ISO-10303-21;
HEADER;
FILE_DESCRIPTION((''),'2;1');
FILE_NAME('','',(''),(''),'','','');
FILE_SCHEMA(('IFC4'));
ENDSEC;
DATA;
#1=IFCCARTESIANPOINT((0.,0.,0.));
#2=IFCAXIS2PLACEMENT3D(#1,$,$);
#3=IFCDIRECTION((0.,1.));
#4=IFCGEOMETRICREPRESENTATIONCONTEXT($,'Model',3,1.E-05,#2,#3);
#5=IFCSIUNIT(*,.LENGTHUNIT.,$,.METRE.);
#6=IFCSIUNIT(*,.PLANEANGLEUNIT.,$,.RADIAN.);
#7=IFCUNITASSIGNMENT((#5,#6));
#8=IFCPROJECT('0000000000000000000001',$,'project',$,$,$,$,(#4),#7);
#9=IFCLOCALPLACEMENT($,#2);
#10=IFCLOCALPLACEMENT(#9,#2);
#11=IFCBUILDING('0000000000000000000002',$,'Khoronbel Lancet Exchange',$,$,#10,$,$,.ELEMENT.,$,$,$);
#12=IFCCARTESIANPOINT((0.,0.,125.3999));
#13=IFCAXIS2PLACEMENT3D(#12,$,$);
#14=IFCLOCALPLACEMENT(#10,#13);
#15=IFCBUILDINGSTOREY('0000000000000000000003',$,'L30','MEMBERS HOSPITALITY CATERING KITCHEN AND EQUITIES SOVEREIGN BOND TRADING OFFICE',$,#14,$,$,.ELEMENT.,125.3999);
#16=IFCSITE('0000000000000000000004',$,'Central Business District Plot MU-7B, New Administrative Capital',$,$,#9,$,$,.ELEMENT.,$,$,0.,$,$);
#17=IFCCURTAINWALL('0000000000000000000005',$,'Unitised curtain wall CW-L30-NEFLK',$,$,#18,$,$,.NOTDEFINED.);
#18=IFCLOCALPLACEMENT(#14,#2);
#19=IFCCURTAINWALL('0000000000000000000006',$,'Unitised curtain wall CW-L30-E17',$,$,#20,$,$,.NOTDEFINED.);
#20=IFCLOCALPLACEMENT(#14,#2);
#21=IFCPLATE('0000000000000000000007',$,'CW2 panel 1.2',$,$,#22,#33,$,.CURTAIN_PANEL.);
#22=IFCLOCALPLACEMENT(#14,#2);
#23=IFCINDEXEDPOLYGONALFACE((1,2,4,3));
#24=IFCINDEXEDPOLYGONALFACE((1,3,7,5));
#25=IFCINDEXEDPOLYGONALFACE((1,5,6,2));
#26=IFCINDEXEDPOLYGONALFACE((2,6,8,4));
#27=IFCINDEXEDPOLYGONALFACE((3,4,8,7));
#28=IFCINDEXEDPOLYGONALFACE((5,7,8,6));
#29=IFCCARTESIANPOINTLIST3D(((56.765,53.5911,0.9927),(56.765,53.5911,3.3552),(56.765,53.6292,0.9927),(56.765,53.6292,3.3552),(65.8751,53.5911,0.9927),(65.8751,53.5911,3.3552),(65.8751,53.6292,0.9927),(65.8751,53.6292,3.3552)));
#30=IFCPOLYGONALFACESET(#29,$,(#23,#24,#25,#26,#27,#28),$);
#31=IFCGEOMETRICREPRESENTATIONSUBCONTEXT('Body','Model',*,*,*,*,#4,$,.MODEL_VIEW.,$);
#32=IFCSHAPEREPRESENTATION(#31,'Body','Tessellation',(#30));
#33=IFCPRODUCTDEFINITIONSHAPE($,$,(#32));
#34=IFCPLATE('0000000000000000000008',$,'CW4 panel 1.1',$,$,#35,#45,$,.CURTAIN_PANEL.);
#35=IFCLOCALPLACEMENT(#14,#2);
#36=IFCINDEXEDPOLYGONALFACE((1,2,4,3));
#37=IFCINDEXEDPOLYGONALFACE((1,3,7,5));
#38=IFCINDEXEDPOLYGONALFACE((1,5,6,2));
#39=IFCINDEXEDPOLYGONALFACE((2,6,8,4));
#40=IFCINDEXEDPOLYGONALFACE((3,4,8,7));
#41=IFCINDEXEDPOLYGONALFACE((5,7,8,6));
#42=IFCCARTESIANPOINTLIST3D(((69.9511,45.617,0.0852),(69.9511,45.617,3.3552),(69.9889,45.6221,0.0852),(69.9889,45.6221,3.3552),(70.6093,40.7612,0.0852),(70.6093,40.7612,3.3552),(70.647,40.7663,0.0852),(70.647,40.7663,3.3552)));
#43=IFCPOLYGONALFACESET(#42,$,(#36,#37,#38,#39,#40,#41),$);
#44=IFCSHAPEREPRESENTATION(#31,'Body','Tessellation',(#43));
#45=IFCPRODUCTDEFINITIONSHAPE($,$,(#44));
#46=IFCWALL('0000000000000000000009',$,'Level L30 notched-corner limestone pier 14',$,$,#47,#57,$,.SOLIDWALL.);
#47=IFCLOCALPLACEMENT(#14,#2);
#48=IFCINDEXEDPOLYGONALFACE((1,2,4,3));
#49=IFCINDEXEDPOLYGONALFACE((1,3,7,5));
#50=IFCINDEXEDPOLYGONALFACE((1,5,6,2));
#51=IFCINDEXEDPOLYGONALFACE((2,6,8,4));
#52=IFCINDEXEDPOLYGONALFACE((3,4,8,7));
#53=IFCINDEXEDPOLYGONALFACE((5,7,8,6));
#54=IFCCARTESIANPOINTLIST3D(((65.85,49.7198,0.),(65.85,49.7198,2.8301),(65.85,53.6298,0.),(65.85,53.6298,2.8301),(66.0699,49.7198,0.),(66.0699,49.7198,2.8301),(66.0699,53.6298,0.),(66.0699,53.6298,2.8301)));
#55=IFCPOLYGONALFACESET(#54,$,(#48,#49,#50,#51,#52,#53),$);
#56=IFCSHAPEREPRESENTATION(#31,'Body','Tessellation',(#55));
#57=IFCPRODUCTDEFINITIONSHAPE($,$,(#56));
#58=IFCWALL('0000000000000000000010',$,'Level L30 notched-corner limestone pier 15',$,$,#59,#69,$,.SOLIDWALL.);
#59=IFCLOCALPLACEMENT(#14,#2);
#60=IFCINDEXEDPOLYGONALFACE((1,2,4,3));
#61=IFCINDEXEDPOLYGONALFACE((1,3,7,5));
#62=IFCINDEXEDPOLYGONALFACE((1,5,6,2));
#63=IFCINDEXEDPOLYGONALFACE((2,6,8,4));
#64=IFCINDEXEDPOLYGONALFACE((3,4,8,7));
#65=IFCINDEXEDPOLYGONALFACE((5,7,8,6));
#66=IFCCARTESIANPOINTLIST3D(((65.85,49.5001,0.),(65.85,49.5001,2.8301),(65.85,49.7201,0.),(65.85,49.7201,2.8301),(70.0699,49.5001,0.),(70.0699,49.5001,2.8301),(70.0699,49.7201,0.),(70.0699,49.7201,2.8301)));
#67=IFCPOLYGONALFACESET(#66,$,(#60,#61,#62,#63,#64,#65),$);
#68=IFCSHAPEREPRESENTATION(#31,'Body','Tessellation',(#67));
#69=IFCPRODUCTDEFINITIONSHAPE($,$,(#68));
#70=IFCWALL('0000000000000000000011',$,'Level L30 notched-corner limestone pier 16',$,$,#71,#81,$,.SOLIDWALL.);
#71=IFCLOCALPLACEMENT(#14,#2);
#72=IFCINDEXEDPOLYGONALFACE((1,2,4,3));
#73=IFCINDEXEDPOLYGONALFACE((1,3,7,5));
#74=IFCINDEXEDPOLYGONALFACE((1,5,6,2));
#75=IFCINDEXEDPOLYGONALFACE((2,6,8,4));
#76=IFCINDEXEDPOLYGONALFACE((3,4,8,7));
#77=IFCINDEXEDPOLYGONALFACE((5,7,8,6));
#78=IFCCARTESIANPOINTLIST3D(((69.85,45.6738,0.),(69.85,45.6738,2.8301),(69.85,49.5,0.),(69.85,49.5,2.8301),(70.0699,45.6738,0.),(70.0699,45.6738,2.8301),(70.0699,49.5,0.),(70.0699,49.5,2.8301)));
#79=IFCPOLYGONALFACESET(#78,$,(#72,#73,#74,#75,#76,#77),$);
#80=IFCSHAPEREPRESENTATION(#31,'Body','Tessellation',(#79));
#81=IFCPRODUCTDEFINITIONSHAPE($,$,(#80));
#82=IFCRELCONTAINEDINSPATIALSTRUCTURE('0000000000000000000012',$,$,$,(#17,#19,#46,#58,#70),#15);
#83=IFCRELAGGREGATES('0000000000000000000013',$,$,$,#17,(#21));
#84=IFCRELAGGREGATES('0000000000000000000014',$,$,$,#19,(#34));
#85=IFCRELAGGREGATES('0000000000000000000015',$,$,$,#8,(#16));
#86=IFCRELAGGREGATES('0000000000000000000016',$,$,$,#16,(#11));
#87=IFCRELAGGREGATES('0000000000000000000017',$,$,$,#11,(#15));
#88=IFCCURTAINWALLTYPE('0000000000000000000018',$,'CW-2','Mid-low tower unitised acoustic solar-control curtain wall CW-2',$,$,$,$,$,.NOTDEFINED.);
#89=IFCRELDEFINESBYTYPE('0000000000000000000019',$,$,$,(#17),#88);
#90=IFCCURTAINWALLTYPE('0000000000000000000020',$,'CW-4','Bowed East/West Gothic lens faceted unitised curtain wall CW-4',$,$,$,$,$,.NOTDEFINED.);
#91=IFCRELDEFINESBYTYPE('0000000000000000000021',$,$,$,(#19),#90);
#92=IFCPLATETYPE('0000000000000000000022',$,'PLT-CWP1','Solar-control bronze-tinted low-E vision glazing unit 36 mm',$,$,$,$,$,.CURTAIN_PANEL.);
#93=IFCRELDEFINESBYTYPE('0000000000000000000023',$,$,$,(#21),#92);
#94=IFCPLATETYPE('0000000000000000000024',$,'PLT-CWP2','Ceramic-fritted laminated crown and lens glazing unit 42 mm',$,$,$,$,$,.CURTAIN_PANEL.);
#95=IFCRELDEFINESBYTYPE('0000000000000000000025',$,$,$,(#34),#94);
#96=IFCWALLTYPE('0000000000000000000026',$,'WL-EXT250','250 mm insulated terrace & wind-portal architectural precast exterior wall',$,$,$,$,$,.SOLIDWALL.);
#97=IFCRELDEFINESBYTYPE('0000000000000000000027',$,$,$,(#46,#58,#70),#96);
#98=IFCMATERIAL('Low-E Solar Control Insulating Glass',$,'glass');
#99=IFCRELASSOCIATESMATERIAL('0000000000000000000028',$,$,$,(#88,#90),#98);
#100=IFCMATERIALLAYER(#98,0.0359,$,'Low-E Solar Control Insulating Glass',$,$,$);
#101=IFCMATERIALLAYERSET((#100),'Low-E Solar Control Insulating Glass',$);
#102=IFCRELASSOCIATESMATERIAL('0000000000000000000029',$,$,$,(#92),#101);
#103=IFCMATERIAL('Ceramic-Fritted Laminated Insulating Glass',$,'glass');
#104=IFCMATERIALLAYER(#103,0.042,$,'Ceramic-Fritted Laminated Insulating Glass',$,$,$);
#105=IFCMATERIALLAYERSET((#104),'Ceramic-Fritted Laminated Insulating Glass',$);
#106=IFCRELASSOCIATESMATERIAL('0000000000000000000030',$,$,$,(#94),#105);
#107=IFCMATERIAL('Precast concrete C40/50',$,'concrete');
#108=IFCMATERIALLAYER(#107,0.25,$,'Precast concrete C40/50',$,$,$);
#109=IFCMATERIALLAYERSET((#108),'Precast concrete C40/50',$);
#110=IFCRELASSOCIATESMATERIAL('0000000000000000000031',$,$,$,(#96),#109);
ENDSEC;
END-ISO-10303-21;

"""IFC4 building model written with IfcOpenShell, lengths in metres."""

from ifc_helpers import new_model, si_unit, direction, frame, frame_2d, origin, origin_2d, place, context, subcontext, project, spatial, rectangle, extrude, material, layer, layer_set, type_object, element, aggregate, save


model = new_model("IFC4")

# Units and contexts
model_context = context("Model", 3, precision=1e-05, world=origin(), true_north=direction((0.0, 1.0)))
body_context = subcontext(model_context, "Body", "Model", "MODEL_VIEW")
ifc_project = project(units=[si_unit("LENGTHUNIT", "METRE"), si_unit("PLANEANGLEUNIT", "RADIAN")], contexts=[model_context])

# Site, building, storey
site_placement = place(None, origin())
site = spatial("IfcSite", under=ifc_project, at=site_placement, Name="Central Business District Plot MU-7B, New Administrative Capital", CompositionType="ELEMENT", RefElevation=0.0)
building_placement = place(site_placement, origin())
building = spatial("IfcBuilding", under=site, at=building_placement, Name="Khoronbel Lancet Exchange", CompositionType="ELEMENT")
storey_placement = place(building_placement, frame((0.0, 0.0, 125.3999)))
storey = spatial("IfcBuildingStorey", under=building, at=storey_placement, Name="L30", Description="MEMBERS HOSPITALITY CATERING KITCHEN AND EQUITIES SOVEREIGN BOND TRADING OFFICE", CompositionType="ELEMENT", Elevation=125.3999)

# Curtain wall
ifc_material_1 = material(Name="Low-E Solar Control Insulating Glass", Category="glass")
curtain_wall_type_1 = type_object("IfcCurtainWallType", Name="CW-2", Description="Mid-low tower unitised acoustic solar-control curtain wall CW-2", PredefinedType="NOTDEFINED", material=ifc_material_1)
curtain_wall_1_placement = place(storey_placement, origin())
curtain_wall_1 = element("IfcCurtainWall", 1, at=curtain_wall_1_placement, inside=storey, type_object=curtain_wall_type_1, Name="Unitised curtain wall CW-L30-NEFLK", PredefinedType="NOTDEFINED")

# Curtain wall
curtain_wall_type_2 = type_object("IfcCurtainWallType", Name="CW-4", Description="Bowed East/West Gothic lens faceted unitised curtain wall CW-4", PredefinedType="NOTDEFINED", material=ifc_material_1)
curtain_wall_2_placement = place(storey_placement, origin())
curtain_wall_2 = element("IfcCurtainWall", 2, at=curtain_wall_2_placement, inside=storey, type_object=curtain_wall_type_2, Name="Unitised curtain wall CW-L30-E17", PredefinedType="NOTDEFINED")

# Plates
ifc_layer_1 = layer(ifc_material_1, 0.0359, Name="Low-E Solar Control Insulating Glass")
ifc_layer_set_1 = layer_set([ifc_layer_1], Name="Low-E Solar Control Insulating Glass")
plate_type_1 = type_object("IfcPlateType", Name="PLT-CWP1", Description="Solar-control bronze-tinted low-E vision glazing unit 36 mm", PredefinedType="CURTAIN_PANEL", material=ifc_layer_set_1)
plate_1_placement = place(storey_placement, frame((61.3201, 53.6101, 0.9927), z_axis=(0.0, 0.0, 1.0), x_axis=(-1.0, 0.0, 0.0)))
plate_1 = element("IfcPlate", 3, at=plate_1_placement, type_object=plate_type_1, Name="CW2 panel 1.2", PredefinedType="CURTAIN_PANEL", context=body_context, shape_type="SweptSolid", body=[
    extrude(rectangle(XDim=9.1101, YDim=0.0381, at=origin_2d()), origin(), (0.0, 0.0, 1.0), 2.3625),
])
aggregate(curtain_wall_1, [plate_1])
ifc_material_2 = material(Name="Ceramic-Fritted Laminated Insulating Glass", Category="glass")
ifc_layer_2 = layer(ifc_material_2, 0.042, Name="Ceramic-Fritted Laminated Insulating Glass")
ifc_layer_set_2 = layer_set([ifc_layer_2], Name="Ceramic-Fritted Laminated Insulating Glass")
plate_type_2 = type_object("IfcPlateType", Name="PLT-CWP2", Description="Ceramic-fritted laminated crown and lens glazing unit 42 mm", PredefinedType="CURTAIN_PANEL", material=ifc_layer_set_2)
plate_2_placement = place(storey_placement, frame((70.2991, 43.1917, 0.0852), z_axis=(0.0, 0.0, 1.0), x_axis=(0.134313, -0.990939, 0.0)))
plate_2 = element("IfcPlate", 4, at=plate_2_placement, type_object=plate_type_2, Name="CW4 panel 1.1", PredefinedType="CURTAIN_PANEL", context=body_context, shape_type="SweptSolid", body=[
    extrude(rectangle(XDim=4.9001, YDim=0.0381, at=origin_2d()), origin(), (0.0, 0.0, 1.0), 3.27),
])
aggregate(curtain_wall_2, [plate_2])

# Walls
ifc_material_3 = material(Name="Precast concrete C40/50", Category="concrete")
ifc_layer_3 = layer(ifc_material_3, 0.25, Name="Precast concrete C40/50")
ifc_layer_set_3 = layer_set([ifc_layer_3], Name="Precast concrete C40/50")
wall_type = type_object("IfcWallType", Name="WL-EXT250", Description="250 mm insulated terrace & wind-portal architectural precast exterior wall", PredefinedType="SOLIDWALL", material=ifc_layer_set_3)
wall_1_placement = place(storey_placement, frame((65.96, 53.6299, 0.0), z_axis=(0.0, 0.0, 1.0), x_axis=(0.0, -1.0, 0.0)))
element("IfcWall", 5, at=wall_1_placement, inside=storey, type_object=wall_type, Name="Level L30 notched-corner limestone pier 14", PredefinedType="SOLIDWALL", context=body_context, shape_type="SweptSolid", body=[
    extrude(rectangle(XDim=3.9099, YDim=0.22, at=frame_2d((1.9551, 0.0))), origin(), (0.0, 0.0, 1.0), 2.8301),
])
wall_2_placement = place(storey_placement, frame((65.8501, 49.6101, 0.0), z_axis=(0.0, 0.0, 1.0), x_axis=(1.0, 0.0, 0.0)))
element("IfcWall", 6, at=wall_2_placement, inside=storey, type_object=wall_type, Name="Level L30 notched-corner limestone pier 15", PredefinedType="SOLIDWALL", context=body_context, shape_type="SweptSolid", body=[
    extrude(rectangle(XDim=4.22, YDim=0.22, at=frame_2d((2.1099, 0.0))), origin(), (0.0, 0.0, 1.0), 2.8301),
])
wall_3_placement = place(storey_placement, frame((69.96, 49.5, 0.0), z_axis=(0.0, 0.0, 1.0), x_axis=(0.0, -1.0, 0.0)))
element("IfcWall", 7, at=wall_3_placement, inside=storey, type_object=wall_type, Name="Level L30 notched-corner limestone pier 16", PredefinedType="SOLIDWALL", context=body_context, shape_type="SweptSolid", body=[
    extrude(rectangle(XDim=3.8262, YDim=0.22, at=frame_2d((1.9131, 0.0))), origin(), (0.0, 0.0, 1.0), 2.8301),
])

save(model, "model.ifc")
